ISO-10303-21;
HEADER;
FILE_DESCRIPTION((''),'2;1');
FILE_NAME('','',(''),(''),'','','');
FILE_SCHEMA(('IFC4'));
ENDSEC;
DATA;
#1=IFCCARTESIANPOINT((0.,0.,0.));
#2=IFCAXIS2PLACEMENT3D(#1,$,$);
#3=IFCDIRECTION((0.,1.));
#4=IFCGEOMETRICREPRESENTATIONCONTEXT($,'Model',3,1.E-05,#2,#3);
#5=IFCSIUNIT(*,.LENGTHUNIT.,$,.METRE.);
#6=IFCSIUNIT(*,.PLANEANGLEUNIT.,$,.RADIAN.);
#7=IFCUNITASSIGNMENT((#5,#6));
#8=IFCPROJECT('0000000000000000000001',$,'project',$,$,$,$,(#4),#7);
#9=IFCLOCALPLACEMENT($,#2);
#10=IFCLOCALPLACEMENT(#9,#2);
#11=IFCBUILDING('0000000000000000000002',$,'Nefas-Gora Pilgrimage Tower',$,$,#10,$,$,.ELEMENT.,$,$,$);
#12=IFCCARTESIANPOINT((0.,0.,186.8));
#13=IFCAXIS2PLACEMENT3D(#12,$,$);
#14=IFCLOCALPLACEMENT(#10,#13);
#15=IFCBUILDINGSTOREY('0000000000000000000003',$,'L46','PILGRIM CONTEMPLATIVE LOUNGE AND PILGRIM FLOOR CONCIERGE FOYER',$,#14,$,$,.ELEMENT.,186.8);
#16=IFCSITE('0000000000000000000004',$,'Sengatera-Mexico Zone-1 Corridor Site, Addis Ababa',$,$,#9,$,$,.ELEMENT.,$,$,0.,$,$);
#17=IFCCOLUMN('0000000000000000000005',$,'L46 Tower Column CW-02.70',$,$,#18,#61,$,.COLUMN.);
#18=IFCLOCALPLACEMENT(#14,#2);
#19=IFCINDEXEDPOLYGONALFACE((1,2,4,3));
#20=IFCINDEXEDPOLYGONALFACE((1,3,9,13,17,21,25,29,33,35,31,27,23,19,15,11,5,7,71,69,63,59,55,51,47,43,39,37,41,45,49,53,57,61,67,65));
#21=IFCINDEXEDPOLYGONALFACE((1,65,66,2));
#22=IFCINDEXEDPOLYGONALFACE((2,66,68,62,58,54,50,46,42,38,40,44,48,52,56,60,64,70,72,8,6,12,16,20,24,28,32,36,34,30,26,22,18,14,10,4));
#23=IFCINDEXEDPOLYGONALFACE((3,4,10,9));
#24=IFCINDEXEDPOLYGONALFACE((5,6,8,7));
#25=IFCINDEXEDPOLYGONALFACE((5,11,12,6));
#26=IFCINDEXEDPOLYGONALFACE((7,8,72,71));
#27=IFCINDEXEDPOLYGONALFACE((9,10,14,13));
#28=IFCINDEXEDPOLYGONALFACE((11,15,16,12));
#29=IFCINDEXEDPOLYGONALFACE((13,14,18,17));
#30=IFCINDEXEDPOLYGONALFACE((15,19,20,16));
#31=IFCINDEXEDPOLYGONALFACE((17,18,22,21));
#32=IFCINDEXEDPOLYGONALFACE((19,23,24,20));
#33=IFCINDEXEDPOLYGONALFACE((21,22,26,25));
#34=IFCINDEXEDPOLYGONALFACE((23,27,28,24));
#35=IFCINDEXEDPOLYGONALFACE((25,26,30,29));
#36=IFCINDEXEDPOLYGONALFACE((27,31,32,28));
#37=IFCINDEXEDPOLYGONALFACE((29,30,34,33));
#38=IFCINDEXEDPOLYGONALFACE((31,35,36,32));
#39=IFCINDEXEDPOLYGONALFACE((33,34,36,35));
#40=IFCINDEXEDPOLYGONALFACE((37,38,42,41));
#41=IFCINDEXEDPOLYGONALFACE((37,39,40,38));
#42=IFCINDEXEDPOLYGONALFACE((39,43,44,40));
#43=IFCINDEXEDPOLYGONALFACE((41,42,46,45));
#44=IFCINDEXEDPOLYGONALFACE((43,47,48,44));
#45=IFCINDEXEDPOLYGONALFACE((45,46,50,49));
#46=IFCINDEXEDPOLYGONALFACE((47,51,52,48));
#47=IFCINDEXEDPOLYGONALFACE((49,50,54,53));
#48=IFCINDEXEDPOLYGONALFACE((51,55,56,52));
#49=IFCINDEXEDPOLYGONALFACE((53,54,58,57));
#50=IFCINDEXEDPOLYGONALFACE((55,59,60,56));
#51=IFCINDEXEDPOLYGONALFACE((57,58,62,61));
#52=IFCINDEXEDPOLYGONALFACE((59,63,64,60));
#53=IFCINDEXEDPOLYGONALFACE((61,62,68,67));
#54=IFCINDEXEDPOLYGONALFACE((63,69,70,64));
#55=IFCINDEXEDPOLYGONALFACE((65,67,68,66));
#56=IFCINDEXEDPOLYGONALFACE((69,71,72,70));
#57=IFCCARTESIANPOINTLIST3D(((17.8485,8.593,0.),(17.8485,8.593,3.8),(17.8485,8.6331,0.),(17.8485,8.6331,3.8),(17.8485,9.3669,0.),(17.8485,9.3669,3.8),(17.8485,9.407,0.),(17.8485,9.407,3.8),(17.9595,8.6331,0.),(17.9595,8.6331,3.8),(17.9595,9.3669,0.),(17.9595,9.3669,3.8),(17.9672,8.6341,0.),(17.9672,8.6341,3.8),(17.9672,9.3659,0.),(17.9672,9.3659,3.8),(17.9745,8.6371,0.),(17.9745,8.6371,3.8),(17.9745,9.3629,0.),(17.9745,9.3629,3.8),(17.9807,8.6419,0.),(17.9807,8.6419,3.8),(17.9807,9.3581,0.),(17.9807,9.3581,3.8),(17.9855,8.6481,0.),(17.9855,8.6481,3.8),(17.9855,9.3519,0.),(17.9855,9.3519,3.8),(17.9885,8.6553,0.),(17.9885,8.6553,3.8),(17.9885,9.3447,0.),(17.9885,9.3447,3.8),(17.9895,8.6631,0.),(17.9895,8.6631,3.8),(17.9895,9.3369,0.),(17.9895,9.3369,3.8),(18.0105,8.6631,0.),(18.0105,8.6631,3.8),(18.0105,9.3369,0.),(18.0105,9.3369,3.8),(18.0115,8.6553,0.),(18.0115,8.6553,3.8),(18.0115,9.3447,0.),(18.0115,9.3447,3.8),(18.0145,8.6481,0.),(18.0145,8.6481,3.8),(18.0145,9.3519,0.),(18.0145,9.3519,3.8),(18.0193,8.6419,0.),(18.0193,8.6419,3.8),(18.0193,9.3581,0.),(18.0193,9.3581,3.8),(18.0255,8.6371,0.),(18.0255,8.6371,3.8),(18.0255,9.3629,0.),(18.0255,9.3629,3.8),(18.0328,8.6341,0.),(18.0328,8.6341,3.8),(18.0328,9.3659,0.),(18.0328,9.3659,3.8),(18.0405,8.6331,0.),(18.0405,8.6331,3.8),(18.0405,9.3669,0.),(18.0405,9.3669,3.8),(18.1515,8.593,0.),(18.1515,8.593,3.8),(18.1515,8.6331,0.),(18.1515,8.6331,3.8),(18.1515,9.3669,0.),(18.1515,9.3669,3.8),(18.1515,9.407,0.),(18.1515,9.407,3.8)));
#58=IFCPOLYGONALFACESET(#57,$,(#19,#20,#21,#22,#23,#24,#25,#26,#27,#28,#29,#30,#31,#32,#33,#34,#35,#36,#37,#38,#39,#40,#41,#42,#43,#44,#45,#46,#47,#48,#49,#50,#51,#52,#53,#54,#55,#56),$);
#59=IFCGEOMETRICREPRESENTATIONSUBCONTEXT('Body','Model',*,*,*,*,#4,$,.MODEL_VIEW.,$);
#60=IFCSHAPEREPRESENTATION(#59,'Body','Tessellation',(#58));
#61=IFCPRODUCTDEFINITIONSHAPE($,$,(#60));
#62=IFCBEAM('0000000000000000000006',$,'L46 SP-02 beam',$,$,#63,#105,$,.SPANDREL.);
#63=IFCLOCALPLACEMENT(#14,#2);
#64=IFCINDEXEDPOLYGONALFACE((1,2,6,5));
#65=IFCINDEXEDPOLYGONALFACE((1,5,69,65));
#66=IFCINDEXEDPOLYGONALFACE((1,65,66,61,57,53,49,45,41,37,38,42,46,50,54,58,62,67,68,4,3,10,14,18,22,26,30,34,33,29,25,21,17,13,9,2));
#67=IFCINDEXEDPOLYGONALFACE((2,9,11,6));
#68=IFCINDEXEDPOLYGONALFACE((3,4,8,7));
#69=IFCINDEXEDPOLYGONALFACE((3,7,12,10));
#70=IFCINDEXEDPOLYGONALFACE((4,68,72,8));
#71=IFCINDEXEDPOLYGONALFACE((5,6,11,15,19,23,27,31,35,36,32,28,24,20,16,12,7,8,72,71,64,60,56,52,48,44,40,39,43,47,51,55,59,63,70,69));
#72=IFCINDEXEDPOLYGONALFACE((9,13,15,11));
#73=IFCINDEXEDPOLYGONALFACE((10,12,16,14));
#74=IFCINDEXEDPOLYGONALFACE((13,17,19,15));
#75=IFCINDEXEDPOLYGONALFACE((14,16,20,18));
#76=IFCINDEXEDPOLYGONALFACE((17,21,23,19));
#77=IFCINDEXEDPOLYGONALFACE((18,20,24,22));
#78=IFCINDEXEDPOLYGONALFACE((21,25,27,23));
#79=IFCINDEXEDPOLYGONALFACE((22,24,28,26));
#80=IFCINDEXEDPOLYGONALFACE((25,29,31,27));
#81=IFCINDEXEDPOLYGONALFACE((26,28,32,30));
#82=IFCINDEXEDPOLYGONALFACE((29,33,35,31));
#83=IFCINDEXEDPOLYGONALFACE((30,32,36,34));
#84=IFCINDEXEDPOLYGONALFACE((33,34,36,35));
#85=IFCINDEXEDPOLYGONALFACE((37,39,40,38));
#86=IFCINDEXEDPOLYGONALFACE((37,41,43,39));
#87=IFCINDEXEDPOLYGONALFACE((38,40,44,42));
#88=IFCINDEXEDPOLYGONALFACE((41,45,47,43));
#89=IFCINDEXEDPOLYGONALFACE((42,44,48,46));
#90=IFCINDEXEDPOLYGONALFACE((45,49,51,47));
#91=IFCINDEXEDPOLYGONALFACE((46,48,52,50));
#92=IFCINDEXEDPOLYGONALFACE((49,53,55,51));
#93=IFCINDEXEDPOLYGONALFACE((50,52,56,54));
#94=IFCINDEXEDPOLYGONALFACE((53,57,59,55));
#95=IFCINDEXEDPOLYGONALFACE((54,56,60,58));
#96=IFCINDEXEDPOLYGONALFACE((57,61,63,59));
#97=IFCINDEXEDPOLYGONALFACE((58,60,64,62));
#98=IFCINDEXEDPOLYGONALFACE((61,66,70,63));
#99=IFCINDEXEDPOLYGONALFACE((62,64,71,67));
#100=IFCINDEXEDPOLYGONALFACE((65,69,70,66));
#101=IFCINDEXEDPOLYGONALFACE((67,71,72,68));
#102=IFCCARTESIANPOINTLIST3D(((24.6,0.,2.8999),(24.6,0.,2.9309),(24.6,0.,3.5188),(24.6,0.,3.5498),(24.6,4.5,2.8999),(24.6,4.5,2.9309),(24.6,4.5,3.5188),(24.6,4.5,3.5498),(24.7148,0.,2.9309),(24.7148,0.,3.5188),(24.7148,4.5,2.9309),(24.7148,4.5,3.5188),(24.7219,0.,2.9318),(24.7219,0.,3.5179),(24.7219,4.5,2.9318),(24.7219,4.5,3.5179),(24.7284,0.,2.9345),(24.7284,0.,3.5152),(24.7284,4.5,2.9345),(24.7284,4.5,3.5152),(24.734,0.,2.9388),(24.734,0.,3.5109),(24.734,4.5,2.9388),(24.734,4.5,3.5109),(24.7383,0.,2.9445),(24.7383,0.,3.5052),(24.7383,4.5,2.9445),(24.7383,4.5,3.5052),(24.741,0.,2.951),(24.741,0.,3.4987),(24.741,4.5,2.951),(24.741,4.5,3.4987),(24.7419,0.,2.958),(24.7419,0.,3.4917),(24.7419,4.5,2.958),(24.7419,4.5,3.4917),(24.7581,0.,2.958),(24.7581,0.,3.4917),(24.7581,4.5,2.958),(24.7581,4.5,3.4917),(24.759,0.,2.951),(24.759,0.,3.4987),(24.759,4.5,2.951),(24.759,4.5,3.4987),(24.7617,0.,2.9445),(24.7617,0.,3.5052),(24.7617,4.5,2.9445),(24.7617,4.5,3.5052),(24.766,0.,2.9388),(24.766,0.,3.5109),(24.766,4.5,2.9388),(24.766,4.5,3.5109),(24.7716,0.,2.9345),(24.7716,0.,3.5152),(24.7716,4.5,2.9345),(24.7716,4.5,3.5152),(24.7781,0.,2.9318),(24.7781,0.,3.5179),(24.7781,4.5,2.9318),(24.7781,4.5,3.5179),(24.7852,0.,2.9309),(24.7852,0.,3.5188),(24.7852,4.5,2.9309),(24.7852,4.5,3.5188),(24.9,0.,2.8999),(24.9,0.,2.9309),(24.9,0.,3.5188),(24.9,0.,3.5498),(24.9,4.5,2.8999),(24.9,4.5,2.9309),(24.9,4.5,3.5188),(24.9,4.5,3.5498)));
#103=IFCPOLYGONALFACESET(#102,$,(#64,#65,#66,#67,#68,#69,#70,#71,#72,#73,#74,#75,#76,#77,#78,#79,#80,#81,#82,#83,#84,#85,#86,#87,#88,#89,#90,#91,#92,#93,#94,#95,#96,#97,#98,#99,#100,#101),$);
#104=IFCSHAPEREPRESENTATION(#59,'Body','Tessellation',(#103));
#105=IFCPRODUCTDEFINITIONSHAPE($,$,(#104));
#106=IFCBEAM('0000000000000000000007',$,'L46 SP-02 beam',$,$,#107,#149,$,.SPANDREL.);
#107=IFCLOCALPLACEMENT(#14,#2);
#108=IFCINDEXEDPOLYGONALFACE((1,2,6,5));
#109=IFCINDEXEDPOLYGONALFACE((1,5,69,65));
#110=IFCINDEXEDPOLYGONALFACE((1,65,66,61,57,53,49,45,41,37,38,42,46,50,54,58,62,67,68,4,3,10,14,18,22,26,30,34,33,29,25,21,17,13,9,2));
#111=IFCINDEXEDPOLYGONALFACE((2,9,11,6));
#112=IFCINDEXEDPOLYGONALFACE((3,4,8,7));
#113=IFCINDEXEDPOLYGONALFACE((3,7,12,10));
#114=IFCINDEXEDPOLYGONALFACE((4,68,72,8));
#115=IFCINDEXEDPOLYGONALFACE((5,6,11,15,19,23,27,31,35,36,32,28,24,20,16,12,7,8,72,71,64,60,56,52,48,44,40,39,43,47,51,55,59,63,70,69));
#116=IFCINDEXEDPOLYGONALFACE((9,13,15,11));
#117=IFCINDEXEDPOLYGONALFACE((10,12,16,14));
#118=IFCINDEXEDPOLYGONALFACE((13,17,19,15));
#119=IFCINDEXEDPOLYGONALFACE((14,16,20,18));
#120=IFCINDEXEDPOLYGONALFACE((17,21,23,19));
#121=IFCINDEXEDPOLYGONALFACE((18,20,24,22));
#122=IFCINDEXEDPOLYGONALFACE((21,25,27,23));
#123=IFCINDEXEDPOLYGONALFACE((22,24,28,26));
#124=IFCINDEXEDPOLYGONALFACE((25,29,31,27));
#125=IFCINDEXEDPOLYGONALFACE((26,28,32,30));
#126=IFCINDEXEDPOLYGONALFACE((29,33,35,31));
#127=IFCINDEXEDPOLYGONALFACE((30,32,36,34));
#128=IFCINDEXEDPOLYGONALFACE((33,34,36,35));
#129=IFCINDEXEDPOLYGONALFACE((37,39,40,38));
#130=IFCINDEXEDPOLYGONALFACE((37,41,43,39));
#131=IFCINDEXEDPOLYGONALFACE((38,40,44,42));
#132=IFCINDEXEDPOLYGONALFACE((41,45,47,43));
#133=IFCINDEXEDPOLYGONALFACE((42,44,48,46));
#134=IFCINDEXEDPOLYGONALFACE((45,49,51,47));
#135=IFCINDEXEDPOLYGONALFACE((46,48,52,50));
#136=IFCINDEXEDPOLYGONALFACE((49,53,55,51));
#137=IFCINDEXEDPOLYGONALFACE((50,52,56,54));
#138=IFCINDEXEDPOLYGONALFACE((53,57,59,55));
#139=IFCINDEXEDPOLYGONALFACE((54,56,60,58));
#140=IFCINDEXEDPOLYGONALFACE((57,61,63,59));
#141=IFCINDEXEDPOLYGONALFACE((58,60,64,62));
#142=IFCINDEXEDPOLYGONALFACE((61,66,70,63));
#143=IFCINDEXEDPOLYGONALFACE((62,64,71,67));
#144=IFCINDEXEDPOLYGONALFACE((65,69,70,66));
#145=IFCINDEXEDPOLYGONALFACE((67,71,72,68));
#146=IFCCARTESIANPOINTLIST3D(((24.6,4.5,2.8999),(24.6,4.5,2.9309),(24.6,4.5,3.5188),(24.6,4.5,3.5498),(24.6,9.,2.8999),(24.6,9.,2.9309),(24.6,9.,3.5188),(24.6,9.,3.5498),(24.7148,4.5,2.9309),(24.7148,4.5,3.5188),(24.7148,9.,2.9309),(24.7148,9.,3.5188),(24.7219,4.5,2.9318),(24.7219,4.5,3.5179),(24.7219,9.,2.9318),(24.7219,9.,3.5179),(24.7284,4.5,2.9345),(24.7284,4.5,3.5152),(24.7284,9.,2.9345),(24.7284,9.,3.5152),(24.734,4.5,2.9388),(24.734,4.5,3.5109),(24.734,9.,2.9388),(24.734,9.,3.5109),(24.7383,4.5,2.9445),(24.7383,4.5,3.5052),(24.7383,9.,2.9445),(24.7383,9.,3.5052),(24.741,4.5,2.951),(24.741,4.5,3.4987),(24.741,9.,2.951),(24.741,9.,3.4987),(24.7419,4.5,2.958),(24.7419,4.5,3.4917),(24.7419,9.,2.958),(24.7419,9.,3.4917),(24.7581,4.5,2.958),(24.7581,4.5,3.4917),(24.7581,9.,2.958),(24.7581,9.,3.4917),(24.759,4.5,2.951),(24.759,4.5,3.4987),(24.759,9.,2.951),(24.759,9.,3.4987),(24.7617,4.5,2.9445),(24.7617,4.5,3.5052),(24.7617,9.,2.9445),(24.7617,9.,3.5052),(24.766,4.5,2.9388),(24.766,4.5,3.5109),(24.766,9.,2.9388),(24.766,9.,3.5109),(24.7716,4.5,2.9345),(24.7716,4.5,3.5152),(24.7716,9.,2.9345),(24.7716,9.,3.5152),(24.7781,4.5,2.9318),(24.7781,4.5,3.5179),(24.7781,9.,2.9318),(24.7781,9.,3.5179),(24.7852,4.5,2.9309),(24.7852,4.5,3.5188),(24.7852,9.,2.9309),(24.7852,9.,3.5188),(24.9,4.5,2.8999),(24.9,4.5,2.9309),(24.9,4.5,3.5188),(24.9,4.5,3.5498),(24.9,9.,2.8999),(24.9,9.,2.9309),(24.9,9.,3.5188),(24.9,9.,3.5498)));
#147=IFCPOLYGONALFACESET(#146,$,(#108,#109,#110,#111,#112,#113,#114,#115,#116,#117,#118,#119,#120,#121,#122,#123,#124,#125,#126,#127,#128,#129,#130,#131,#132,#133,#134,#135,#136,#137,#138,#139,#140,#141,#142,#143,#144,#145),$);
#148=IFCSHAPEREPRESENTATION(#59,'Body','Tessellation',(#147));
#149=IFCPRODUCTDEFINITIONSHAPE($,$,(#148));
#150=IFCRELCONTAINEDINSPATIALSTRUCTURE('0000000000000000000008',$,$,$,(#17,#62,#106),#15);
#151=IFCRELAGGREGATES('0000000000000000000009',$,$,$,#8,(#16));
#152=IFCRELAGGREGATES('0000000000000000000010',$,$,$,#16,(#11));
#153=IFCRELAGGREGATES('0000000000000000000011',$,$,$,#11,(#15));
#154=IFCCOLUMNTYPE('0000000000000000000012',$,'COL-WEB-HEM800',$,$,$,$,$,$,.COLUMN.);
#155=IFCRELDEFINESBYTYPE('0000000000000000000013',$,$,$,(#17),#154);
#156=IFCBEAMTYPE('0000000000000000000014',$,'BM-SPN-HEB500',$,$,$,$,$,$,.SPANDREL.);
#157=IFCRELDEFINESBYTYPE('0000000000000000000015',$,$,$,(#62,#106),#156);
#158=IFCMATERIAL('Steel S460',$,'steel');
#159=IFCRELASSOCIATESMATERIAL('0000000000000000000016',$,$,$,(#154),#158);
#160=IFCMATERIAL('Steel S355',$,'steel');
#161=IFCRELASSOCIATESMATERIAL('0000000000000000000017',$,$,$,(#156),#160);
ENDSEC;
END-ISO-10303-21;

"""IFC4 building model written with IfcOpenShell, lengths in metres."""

from ifc_helpers import new_model, si_unit, direction, frame, origin, origin_2d, place, context, subcontext, project, spatial, i_section, extrude, source, transform, mapped, material, material_profile, profile_set, type_object, element, save


model = new_model("IFC4")

# Units and contexts
model_context = context("Model", 3, precision=1e-05, world=origin(), true_north=direction((0.0, 1.0)))
body_context = subcontext(model_context, "Body", "Model", "MODEL_VIEW")
ifc_project = project(units=[si_unit("LENGTHUNIT", "METRE"), si_unit("PLANEANGLEUNIT", "RADIAN")], contexts=[model_context])

# Site, building, storey
site_placement = place(None, origin())
site = spatial("IfcSite", under=ifc_project, at=site_placement, Name="Sengatera-Mexico Zone-1 Corridor Site, Addis Ababa", CompositionType="ELEMENT", RefElevation=0.0)
building_placement = place(site_placement, origin())
building = spatial("IfcBuilding", under=site, at=building_placement, Name="Nefas-Gora Pilgrimage Tower", CompositionType="ELEMENT")
storey_placement = place(building_placement, frame((0.0, 0.0, 186.8)))
storey = spatial("IfcBuildingStorey", under=building, at=storey_placement, Name="L46", Description="PILGRIM CONTEMPLATIVE LOUNGE AND PILGRIM FLOOR CONCIERGE FOYER", CompositionType="ELEMENT", Elevation=186.8)

# Column
ifc_material_1 = material(Name="Steel S460", Category="steel")
ifc_material_profile_1 = material_profile(ifc_material_1, i_section(OverallWidth=0.303, OverallDepth=0.814, WebThickness=0.021, FlangeThickness=0.04, FilletRadius=0.03, at=origin_2d()), Name="HEM 800")
ifc_profile_set_1 = profile_set([ifc_material_profile_1], Name="Steel S460")
column_type_1 = type_object("IfcColumnType", Name="COL-WEB-HEM800", PredefinedType="COLUMN", material=ifc_profile_set_1)
shared_shape_1 = source(origin(), body_context, "Body", "SweptSolid", [
    extrude(i_section(OverallWidth=0.303, OverallDepth=0.814, WebThickness=0.021, FlangeThickness=0.04, FilletRadius=0.03, at=origin_2d()), origin(), (0.0, 0.0, 1.0), 3.8),
])
for number, where, z_axis, x_axis, name in (
    (1, (18.0, 9.0, 0.0), (0.0, 0.0, 1.0), (1.0, 0.0, 0.0), "L46 Tower Column CW-02.70"),
):
    element("IfcColumn", number, at=place(storey_placement, frame(where, z_axis=z_axis, x_axis=x_axis)), inside=storey, type_object=column_type_1, Name=name, PredefinedType="COLUMN", context=body_context, shape_type="MappedRepresentation", body=[
        mapped(shared_shape_1, transform((0.0, 0.0, 0.0), x_axis=(1.0, 0.0, 0.0), y_axis=(0.0, 1.0, 0.0), z_axis=(0.0, 0.0, 1.0), scale=1.0)),
    ])

# Beams
ifc_material_2 = material(Name="Steel S355", Category="steel")
ifc_material_profile_2 = material_profile(ifc_material_2, i_section(OverallWidth=0.3, OverallDepth=0.6499, WebThickness=0.0161, FlangeThickness=0.031, FilletRadius=0.0271, at=origin_2d()), Name="HEB 650")
ifc_profile_set_2 = profile_set([ifc_material_profile_2], Name="Steel S355")
beam_type_1 = type_object("IfcBeamType", Name="BM-SPN-HEB500", PredefinedType="SPANDREL", material=ifc_profile_set_2)
shared_shape_2 = source(origin(), body_context, "Body", "SweptSolid", [
    extrude(i_section(OverallWidth=0.3, OverallDepth=0.6499, WebThickness=0.0161, FlangeThickness=0.031, FilletRadius=0.0271, at=origin_2d()), origin(), (0.0, 0.0, 1.0), 4.5),
])
for number, where, z_axis, x_axis, name in (
    (2, (24.75, 0.0, 3.2249), (0.0, 1.0, 0.0), (-1.0, 0.0, 0.0), "L46 SP-02 beam"),
    (3, (24.75, 4.5, 3.2249), (0.0, 1.0, 0.0), (-1.0, 0.0, 0.0), "L46 SP-02 beam"),
):
    element("IfcBeam", number, at=place(storey_placement, frame(where, z_axis=z_axis, x_axis=x_axis)), inside=storey, type_object=beam_type_1, Name=name, PredefinedType="SPANDREL", context=body_context, shape_type="MappedRepresentation", body=[
        mapped(shared_shape_2, transform((0.0, 0.0, 0.0), x_axis=(1.0, 0.0, 0.0), y_axis=(0.0, 1.0, 0.0), z_axis=(0.0, 0.0, 1.0), scale=1.0)),
    ])

save(model, "model.ifc")
